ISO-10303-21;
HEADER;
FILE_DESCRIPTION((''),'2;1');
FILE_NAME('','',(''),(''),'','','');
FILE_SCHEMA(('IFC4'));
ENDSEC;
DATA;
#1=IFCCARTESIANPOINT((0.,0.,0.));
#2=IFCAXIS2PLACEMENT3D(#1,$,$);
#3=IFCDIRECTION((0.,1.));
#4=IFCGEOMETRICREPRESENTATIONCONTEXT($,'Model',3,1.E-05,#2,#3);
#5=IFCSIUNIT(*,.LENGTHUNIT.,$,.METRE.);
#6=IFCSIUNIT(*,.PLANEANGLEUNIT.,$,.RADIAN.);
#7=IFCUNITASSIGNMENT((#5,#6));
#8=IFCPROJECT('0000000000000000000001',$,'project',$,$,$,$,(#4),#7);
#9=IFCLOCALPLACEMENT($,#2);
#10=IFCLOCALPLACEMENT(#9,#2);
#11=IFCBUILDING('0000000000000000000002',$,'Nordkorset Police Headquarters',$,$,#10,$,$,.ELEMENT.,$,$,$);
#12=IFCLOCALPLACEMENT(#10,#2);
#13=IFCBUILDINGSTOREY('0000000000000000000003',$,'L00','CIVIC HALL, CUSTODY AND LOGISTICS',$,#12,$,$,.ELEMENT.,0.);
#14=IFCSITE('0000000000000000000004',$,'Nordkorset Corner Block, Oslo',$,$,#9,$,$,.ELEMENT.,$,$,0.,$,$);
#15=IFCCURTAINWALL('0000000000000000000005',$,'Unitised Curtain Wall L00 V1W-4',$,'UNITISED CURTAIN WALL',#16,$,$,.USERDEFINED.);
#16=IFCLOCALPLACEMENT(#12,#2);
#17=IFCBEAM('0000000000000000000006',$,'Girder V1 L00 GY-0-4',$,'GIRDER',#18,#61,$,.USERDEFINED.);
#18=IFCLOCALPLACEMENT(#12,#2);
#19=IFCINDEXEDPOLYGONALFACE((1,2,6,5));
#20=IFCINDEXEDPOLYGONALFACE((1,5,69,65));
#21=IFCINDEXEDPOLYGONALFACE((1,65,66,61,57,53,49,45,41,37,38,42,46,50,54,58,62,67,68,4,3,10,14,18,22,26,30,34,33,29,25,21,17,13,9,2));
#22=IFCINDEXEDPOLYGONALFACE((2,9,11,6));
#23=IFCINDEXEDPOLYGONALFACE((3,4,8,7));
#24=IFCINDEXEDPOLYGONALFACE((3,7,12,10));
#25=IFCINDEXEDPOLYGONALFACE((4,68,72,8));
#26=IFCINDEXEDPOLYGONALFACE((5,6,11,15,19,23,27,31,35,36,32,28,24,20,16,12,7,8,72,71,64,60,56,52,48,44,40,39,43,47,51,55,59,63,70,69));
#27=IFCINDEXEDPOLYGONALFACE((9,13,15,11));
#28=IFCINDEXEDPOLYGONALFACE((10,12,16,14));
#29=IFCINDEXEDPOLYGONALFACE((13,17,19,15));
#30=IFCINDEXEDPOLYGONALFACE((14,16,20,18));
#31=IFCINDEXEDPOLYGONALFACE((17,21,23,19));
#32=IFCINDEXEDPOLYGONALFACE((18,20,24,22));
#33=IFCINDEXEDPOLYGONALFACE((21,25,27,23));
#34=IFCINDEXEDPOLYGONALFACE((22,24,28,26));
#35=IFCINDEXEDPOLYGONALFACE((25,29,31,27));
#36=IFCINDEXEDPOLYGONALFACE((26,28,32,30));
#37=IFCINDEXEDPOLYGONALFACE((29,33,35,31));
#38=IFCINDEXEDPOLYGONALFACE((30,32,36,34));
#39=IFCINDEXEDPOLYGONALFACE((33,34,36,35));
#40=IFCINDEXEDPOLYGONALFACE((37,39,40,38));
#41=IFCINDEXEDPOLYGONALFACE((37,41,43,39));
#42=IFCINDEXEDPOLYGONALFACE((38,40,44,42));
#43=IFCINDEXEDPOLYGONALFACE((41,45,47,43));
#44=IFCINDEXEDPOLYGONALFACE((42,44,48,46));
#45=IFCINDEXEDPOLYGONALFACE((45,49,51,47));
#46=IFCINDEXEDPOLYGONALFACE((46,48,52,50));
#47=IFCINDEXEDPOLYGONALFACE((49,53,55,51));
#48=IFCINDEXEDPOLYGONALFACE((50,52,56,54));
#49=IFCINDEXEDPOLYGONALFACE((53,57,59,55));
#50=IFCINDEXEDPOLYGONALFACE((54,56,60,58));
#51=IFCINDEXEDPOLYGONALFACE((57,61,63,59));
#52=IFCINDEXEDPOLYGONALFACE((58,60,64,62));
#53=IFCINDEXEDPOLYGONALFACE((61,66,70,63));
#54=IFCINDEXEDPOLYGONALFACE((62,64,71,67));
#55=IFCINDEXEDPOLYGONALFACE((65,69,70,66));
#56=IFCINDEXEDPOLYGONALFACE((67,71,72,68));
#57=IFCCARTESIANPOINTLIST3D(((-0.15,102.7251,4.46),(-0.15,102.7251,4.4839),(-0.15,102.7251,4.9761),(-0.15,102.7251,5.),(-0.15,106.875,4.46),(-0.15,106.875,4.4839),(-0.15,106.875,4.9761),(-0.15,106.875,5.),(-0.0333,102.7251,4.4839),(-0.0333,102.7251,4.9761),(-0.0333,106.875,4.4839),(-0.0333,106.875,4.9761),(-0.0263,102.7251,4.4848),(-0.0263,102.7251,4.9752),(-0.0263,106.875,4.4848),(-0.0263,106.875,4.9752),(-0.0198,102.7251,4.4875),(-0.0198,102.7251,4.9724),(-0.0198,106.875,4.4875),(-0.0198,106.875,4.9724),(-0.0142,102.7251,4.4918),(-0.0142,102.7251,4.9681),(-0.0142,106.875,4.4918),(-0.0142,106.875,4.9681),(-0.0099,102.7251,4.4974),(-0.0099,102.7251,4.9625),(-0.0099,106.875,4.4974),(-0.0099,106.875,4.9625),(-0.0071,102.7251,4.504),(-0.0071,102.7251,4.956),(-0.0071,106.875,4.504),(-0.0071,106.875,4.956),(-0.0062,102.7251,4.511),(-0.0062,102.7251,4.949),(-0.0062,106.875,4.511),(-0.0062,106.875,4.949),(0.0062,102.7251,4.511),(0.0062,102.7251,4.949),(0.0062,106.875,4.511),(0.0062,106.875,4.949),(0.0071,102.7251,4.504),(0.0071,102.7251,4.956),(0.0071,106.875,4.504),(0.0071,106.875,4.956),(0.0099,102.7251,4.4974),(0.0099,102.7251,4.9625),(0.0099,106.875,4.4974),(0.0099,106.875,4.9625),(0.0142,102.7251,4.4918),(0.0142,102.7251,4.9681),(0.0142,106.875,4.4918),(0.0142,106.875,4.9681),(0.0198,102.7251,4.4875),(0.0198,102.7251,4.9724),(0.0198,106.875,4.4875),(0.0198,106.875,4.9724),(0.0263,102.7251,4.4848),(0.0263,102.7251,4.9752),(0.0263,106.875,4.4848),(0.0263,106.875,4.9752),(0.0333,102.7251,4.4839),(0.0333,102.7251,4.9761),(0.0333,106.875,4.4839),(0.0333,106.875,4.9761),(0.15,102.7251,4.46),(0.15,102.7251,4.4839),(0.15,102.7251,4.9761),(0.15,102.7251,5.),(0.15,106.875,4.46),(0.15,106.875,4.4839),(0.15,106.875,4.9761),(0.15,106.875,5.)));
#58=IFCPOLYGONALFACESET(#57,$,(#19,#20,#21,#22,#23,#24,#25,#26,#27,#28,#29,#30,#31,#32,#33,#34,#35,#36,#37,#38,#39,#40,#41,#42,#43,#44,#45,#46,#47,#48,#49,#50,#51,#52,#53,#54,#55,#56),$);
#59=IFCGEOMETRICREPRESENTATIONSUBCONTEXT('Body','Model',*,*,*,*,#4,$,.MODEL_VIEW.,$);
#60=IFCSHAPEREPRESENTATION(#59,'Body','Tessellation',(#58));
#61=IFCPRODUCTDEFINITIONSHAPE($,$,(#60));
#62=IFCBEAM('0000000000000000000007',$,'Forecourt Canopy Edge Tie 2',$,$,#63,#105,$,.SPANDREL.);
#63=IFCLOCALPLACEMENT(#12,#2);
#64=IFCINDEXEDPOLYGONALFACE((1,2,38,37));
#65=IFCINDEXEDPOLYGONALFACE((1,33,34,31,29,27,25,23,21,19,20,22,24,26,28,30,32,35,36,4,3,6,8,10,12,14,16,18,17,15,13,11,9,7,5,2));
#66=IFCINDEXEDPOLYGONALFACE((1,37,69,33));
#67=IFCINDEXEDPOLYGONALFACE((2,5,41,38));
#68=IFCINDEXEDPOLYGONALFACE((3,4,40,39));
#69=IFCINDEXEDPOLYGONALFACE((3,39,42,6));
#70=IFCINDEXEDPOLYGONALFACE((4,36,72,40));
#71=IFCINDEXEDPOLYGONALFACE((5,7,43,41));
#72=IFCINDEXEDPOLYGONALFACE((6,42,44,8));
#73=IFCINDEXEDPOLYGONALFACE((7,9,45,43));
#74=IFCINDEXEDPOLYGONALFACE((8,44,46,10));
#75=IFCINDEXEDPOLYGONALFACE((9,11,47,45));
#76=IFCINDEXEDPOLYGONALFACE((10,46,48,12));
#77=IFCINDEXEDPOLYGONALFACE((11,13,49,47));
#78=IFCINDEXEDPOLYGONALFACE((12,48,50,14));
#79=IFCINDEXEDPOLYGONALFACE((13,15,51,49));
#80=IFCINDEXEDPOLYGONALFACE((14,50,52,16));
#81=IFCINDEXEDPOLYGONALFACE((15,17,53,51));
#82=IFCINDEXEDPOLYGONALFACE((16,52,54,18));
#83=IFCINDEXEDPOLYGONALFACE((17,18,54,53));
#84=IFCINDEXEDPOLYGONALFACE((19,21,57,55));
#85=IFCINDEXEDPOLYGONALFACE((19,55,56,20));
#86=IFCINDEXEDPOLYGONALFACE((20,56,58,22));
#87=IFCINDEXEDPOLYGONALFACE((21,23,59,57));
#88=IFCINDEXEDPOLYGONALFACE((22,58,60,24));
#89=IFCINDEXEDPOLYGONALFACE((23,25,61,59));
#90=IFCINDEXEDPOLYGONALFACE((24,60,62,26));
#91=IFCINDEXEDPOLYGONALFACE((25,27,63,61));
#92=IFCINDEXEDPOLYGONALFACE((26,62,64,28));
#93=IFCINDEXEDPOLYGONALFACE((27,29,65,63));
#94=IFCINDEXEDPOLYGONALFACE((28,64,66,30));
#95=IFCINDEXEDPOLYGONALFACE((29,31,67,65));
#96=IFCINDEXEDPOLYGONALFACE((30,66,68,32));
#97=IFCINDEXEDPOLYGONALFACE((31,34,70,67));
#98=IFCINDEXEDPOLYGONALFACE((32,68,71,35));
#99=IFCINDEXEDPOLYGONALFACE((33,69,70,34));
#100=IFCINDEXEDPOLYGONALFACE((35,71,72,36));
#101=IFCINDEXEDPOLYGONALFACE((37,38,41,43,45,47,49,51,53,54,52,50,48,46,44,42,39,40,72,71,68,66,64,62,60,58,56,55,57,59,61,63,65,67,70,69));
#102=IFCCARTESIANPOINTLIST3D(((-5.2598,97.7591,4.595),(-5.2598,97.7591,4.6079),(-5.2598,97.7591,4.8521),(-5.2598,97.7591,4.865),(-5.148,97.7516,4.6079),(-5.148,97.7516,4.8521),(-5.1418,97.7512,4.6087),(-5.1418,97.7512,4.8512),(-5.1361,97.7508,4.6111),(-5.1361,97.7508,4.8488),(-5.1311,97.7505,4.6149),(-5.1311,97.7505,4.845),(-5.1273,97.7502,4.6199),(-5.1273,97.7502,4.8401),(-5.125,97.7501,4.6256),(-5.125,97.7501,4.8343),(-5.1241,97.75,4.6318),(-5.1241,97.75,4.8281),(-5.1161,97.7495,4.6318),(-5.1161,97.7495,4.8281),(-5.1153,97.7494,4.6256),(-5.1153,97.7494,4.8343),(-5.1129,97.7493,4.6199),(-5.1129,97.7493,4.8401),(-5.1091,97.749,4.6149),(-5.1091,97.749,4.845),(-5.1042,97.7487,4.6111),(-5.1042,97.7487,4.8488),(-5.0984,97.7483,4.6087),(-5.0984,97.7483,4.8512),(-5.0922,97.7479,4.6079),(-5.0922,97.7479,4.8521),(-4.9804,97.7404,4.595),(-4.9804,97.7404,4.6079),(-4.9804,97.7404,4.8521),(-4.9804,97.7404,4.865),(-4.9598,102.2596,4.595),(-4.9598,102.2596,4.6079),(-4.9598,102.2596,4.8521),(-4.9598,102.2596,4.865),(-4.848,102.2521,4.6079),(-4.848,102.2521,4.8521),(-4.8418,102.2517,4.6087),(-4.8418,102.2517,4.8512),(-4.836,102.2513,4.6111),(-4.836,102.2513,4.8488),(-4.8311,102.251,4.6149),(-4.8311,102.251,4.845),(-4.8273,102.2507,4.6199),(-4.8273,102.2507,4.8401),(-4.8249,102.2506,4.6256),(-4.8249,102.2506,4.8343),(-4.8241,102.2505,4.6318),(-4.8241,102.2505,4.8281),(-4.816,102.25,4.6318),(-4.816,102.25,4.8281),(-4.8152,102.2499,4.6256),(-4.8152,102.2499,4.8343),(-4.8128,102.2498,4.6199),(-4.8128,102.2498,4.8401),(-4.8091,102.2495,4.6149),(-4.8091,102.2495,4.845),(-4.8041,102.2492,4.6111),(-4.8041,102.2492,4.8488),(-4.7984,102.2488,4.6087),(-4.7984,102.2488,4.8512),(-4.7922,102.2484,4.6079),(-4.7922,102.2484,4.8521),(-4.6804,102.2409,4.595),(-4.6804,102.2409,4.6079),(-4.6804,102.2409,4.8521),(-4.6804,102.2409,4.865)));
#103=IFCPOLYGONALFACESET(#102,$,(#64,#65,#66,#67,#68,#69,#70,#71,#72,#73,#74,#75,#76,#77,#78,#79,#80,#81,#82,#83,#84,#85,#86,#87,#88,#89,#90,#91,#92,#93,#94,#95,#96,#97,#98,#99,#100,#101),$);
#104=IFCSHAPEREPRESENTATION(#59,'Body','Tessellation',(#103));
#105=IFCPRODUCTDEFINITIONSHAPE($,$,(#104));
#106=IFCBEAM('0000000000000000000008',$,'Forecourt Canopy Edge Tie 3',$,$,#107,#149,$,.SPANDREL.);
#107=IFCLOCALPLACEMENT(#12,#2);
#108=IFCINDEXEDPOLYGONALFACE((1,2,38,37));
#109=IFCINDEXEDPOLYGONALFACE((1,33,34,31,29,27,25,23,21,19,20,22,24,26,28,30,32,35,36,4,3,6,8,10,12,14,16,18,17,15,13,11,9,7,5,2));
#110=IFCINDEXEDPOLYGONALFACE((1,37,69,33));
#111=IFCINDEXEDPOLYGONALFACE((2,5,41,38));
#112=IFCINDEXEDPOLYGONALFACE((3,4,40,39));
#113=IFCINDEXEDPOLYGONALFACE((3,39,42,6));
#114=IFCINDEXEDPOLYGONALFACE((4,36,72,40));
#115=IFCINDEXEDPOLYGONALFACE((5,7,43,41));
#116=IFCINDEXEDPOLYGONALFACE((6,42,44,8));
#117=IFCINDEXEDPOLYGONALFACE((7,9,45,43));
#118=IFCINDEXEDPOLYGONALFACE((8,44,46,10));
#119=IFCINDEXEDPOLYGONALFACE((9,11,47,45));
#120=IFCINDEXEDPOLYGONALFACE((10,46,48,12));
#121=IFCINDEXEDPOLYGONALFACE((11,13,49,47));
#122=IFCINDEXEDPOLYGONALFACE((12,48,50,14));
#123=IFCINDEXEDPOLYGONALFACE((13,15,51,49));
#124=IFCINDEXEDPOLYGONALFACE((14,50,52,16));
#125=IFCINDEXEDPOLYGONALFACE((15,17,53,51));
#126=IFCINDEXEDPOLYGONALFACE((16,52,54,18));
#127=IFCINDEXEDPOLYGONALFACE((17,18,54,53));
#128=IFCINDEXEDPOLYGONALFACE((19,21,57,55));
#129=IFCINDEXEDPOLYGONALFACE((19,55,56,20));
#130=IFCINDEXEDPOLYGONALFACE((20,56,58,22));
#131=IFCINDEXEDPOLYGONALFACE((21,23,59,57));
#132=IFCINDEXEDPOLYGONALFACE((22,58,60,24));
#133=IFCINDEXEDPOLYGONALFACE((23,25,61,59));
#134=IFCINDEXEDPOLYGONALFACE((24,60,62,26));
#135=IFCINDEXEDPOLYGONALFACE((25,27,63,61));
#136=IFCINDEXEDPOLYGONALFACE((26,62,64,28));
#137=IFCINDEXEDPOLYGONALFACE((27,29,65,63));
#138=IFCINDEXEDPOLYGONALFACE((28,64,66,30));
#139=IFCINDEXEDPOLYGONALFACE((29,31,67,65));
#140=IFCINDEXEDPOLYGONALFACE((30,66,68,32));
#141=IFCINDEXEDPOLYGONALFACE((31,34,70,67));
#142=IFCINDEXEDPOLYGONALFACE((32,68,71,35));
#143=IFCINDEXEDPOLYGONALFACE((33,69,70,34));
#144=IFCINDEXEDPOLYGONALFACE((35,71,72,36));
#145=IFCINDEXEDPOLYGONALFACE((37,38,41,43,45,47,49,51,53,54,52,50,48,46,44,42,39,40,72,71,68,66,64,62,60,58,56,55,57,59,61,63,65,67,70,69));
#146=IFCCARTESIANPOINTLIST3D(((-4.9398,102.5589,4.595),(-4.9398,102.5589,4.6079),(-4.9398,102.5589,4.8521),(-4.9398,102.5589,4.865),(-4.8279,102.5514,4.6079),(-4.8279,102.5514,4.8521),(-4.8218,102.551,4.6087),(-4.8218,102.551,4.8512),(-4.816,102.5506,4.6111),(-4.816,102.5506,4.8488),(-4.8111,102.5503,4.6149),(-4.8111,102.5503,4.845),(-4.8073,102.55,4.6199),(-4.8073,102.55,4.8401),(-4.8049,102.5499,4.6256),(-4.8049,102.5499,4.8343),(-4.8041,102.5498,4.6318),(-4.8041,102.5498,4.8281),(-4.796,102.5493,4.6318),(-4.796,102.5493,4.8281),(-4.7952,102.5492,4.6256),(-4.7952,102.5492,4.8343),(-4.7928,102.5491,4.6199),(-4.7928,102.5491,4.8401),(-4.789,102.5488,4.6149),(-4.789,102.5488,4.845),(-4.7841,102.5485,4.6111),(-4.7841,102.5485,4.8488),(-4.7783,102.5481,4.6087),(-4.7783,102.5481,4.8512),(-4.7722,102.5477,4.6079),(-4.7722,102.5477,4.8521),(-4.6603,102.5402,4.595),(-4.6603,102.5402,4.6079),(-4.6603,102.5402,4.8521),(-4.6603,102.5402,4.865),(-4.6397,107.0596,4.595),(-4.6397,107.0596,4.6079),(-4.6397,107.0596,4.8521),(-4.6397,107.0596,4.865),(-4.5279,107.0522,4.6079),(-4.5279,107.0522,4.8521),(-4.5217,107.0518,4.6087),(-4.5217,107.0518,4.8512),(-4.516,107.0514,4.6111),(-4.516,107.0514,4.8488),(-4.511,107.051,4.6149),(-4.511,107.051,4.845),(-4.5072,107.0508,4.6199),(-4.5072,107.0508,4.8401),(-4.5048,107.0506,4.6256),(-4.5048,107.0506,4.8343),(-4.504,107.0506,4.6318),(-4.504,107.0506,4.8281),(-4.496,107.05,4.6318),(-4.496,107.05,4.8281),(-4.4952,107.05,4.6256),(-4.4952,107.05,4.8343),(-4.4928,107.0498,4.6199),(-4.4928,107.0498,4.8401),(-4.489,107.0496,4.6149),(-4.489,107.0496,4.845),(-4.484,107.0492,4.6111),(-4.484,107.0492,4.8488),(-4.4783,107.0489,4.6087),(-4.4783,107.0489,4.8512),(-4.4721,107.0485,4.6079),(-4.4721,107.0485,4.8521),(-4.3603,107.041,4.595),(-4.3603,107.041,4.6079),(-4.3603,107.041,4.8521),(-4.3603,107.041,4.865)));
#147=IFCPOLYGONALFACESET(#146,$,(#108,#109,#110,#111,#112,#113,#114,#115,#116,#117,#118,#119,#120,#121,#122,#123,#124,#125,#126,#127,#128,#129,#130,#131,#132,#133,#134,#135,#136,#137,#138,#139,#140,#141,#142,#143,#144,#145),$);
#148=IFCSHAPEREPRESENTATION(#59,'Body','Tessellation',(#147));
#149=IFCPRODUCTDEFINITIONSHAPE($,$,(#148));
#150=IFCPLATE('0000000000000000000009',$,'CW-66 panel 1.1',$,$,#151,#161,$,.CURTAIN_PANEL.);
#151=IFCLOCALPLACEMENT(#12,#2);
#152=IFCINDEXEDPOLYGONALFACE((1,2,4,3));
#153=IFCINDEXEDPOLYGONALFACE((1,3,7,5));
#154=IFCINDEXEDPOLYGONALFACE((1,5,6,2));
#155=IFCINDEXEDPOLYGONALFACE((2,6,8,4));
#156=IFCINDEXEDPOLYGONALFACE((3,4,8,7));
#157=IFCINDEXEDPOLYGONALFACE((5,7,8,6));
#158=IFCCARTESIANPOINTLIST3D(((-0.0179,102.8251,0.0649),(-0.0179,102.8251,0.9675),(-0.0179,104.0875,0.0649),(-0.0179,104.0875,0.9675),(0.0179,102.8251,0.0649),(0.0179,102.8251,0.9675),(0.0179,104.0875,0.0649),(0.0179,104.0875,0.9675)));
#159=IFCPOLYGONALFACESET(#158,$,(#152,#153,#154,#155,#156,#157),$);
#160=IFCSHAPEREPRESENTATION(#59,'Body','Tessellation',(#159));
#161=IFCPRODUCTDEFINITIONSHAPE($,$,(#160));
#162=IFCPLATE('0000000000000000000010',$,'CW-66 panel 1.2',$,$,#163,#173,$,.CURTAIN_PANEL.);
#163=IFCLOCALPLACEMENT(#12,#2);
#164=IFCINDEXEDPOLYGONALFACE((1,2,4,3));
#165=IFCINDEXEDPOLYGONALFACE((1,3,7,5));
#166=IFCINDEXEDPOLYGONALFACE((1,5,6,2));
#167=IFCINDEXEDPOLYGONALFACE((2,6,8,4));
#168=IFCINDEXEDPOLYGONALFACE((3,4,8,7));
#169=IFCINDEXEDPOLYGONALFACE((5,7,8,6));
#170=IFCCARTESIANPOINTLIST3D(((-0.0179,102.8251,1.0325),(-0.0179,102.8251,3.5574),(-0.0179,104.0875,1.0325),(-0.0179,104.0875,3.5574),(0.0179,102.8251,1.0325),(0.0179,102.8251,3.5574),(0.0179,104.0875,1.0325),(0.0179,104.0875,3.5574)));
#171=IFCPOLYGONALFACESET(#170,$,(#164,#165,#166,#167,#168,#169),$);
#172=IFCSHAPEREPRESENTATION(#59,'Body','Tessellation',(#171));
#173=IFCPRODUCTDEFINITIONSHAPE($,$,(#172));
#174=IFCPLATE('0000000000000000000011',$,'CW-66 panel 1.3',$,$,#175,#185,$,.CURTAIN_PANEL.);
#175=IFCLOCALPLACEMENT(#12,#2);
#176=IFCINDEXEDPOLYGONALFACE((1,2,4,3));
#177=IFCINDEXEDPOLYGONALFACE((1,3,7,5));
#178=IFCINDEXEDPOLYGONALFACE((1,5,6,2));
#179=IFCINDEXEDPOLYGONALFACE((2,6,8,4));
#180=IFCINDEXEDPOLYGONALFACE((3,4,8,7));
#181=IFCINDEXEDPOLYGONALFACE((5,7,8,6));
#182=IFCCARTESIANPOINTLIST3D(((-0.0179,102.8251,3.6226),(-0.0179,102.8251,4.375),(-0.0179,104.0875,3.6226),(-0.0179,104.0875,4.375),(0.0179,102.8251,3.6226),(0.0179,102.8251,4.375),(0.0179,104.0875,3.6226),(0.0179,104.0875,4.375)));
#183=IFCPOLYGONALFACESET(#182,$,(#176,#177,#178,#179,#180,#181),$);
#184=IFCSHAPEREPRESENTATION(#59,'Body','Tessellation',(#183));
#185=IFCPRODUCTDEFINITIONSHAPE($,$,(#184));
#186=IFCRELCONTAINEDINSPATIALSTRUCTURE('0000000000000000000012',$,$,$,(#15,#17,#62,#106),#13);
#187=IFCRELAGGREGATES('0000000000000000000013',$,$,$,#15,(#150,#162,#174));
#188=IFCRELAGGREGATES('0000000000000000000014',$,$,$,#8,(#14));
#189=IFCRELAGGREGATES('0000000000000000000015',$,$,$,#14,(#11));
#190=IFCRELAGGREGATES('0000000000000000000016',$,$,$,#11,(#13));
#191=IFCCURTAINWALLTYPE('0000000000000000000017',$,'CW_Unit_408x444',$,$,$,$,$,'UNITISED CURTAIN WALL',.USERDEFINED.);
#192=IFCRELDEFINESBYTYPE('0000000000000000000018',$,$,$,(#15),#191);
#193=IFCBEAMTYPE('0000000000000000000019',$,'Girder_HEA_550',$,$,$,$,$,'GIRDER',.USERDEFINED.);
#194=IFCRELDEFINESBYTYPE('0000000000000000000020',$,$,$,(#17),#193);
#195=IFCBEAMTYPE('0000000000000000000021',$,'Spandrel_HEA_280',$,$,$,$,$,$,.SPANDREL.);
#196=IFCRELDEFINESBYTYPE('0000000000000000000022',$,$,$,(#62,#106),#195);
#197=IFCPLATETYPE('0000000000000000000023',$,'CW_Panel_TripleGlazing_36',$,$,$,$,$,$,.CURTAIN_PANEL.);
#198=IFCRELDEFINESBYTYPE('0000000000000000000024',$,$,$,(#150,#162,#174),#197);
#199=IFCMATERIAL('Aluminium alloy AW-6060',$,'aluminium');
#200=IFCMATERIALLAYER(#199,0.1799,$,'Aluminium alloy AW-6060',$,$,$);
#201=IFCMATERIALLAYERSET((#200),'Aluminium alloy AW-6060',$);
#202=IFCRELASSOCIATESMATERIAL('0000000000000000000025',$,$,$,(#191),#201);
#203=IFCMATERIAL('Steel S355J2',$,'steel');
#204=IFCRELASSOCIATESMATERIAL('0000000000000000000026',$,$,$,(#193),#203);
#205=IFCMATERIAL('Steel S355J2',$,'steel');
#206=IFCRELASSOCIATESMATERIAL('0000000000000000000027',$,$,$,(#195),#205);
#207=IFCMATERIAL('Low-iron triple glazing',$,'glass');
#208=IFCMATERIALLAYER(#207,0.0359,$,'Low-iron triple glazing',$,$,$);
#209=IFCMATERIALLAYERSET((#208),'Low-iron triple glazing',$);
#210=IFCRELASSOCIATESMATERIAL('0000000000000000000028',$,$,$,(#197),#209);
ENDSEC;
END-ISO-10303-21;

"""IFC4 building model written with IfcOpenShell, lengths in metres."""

from ifc_helpers import new_model, si_unit, direction, frame, origin, origin_2d, place, context, subcontext, project, spatial, rectangle, i_section, extrude, material, layer, layer_set, material_profile, profile_set, type_object, element, aggregate, save


model = new_model("IFC4")

# Units and contexts
model_context = context("Model", 3, precision=1e-05, world=origin(), true_north=direction((0.0, 1.0)))
body_context = subcontext(model_context, "Body", "Model", "MODEL_VIEW")
ifc_project = project(units=[si_unit("LENGTHUNIT", "METRE"), si_unit("PLANEANGLEUNIT", "RADIAN")], contexts=[model_context])

# Site, building, storey
site_placement = place(None, origin())
site = spatial("IfcSite", under=ifc_project, at=site_placement, Name="Nordkorset Corner Block, Oslo", CompositionType="ELEMENT", RefElevation=0.0)
building_placement = place(site_placement, origin())
building = spatial("IfcBuilding", under=site, at=building_placement, Name="Nordkorset Police Headquarters", CompositionType="ELEMENT")
storey_placement = place(building_placement, origin())
storey = spatial("IfcBuildingStorey", under=building, at=storey_placement, Name="L00", Description="CIVIC HALL, CUSTODY AND LOGISTICS", CompositionType="ELEMENT", Elevation=0.0)

# Curtain wall
ifc_material_1 = material(Name="Aluminium alloy AW-6060", Category="aluminium")
ifc_layer_1 = layer(ifc_material_1, 0.1799, Name="Aluminium alloy AW-6060")
ifc_layer_set_1 = layer_set([ifc_layer_1], Name="Aluminium alloy AW-6060")
curtain_wall_type = type_object("IfcCurtainWallType", Name="CW_Unit_408x444", ElementType="UNITISED CURTAIN WALL", PredefinedType="USERDEFINED", material=ifc_layer_set_1)
curtain_wall_placement = place(storey_placement, origin())
curtain_wall = element("IfcCurtainWall", 1, at=curtain_wall_placement, inside=storey, type_object=curtain_wall_type, Name="Unitised Curtain Wall L00 V1W-4", ObjectType="UNITISED CURTAIN WALL", PredefinedType="USERDEFINED")

# Beams
ifc_material_2 = material(Name="Steel S355J2", Category="steel")
ifc_material_profile_1 = material_profile(ifc_material_2, i_section(OverallWidth=0.3, OverallDepth=0.54, WebThickness=0.0125, FlangeThickness=0.0239, FilletRadius=0.0271, at=origin_2d()), Name="HEA 550")
ifc_profile_set_1 = profile_set([ifc_material_profile_1], Name="Steel S355J2")
beam_type_1 = type_object("IfcBeamType", Name="Girder_HEA_550", ElementType="GIRDER", PredefinedType="USERDEFINED", material=ifc_profile_set_1)
for number, where, z_axis, x_axis, name in (
    (2, (0.0, 102.7251, 4.73), (0.0, 1.0, 0.0), (-1.0, 0.0, 0.0), "Girder V1 L00 GY-0-4"),
):
    element("IfcBeam", number, at=place(storey_placement, frame(where, z_axis=z_axis, x_axis=x_axis)), inside=storey, type_object=beam_type_1, Name=name, ObjectType="GIRDER", PredefinedType="USERDEFINED", context=body_context, shape_type="SweptSolid", body=[
        extrude(i_section(OverallWidth=0.3, OverallDepth=0.54, WebThickness=0.0125, FlangeThickness=0.0239, FilletRadius=0.0271, at=origin_2d()), origin(), (0.0, 0.0, 1.0), 4.1499),
    ])
ifc_material_3 = material(Name="Steel S355J2", Category="steel")
ifc_material_profile_2 = material_profile(ifc_material_3, i_section(OverallWidth=0.28, OverallDepth=0.27, WebThickness=0.0081, FlangeThickness=0.0129, FilletRadius=0.0239, at=origin_2d()), Name="HEA 280")
ifc_profile_set_2 = profile_set([ifc_material_profile_2], Name="Steel S355J2")
beam_type_2 = type_object("IfcBeamType", Name="Spandrel_HEA_280", PredefinedType="SPANDREL", material=ifc_profile_set_2)
beam_1_placement = place(storey_placement, frame((-5.1201, 97.7498, 4.73), z_axis=(0.066523, 0.997785, 0.0), x_axis=(-0.997785, 0.066523, 0.0)))
element("IfcBeam", 3, at=beam_1_placement, inside=storey, type_object=beam_type_2, Name="Forecourt Canopy Edge Tie 2", PredefinedType="SPANDREL", context=body_context, shape_type="SweptSolid", body=[
    extrude(i_section(OverallWidth=0.28, OverallDepth=0.27, WebThickness=0.0081, FlangeThickness=0.0129, FilletRadius=0.0239, at=origin_2d()), origin(), (0.0, 0.0, 1.0), 4.5105),
])
beam_2_placement = place(storey_placement, frame((-4.8, 102.5496, 4.73), z_axis=(0.066519, 0.997785, 0.0), x_axis=(-0.997785, 0.066519, 0.0)))
element("IfcBeam", 4, at=beam_2_placement, inside=storey, type_object=beam_type_2, Name="Forecourt Canopy Edge Tie 3", PredefinedType="SPANDREL", context=body_context, shape_type="SweptSolid", body=[
    extrude(i_section(OverallWidth=0.28, OverallDepth=0.27, WebThickness=0.0081, FlangeThickness=0.0129, FilletRadius=0.0239, at=origin_2d()), origin(), (0.0, 0.0, 1.0), 4.5107),
])

# Plates
ifc_material_4 = material(Name="Low-iron triple glazing", Category="glass")
ifc_layer_2 = layer(ifc_material_4, 0.0359, Name="Low-iron triple glazing")
ifc_layer_set_2 = layer_set([ifc_layer_2], Name="Low-iron triple glazing")
plate_type = type_object("IfcPlateType", Name="CW_Panel_TripleGlazing_36", PredefinedType="CURTAIN_PANEL", material=ifc_layer_set_2)
plate_1_placement = place(storey_placement, frame((0.0, 103.4563, 0.0649), z_axis=(0.0, 0.0, 1.0), x_axis=(0.0, 1.0, 0.0)))
plate_1 = element("IfcPlate", 5, at=plate_1_placement, type_object=plate_type, Name="CW-66 panel 1.1", PredefinedType="CURTAIN_PANEL", context=body_context, shape_type="SweptSolid", body=[
    extrude(rectangle(XDim=1.2625, YDim=0.0359, at=origin_2d()), origin(), (0.0, 0.0, 1.0), 0.9026),
])
plate_2_placement = place(storey_placement, frame((0.0, 103.4563, 1.0325), z_axis=(0.0, 0.0, 1.0), x_axis=(0.0, 1.0, 0.0)))
plate_2 = element("IfcPlate", 6, at=plate_2_placement, type_object=plate_type, Name="CW-66 panel 1.2", PredefinedType="CURTAIN_PANEL", context=body_context, shape_type="SweptSolid", body=[
    extrude(rectangle(XDim=1.2625, YDim=0.0359, at=origin_2d()), origin(), (0.0, 0.0, 1.0), 2.5249),
])
plate_3_placement = place(storey_placement, frame((0.0, 103.4563, 3.6226), z_axis=(0.0, 0.0, 1.0), x_axis=(0.0, 1.0, 0.0)))
plate_3 = element("IfcPlate", 7, at=plate_3_placement, type_object=plate_type, Name="CW-66 panel 1.3", PredefinedType="CURTAIN_PANEL", context=body_context, shape_type="SweptSolid", body=[
    extrude(rectangle(XDim=1.2625, YDim=0.0359, at=origin_2d()), origin(), (0.0, 0.0, 1.0), 0.7524),
])
aggregate(curtain_wall, [plate_1, plate_2, plate_3])

save(model, "model.ifc")
